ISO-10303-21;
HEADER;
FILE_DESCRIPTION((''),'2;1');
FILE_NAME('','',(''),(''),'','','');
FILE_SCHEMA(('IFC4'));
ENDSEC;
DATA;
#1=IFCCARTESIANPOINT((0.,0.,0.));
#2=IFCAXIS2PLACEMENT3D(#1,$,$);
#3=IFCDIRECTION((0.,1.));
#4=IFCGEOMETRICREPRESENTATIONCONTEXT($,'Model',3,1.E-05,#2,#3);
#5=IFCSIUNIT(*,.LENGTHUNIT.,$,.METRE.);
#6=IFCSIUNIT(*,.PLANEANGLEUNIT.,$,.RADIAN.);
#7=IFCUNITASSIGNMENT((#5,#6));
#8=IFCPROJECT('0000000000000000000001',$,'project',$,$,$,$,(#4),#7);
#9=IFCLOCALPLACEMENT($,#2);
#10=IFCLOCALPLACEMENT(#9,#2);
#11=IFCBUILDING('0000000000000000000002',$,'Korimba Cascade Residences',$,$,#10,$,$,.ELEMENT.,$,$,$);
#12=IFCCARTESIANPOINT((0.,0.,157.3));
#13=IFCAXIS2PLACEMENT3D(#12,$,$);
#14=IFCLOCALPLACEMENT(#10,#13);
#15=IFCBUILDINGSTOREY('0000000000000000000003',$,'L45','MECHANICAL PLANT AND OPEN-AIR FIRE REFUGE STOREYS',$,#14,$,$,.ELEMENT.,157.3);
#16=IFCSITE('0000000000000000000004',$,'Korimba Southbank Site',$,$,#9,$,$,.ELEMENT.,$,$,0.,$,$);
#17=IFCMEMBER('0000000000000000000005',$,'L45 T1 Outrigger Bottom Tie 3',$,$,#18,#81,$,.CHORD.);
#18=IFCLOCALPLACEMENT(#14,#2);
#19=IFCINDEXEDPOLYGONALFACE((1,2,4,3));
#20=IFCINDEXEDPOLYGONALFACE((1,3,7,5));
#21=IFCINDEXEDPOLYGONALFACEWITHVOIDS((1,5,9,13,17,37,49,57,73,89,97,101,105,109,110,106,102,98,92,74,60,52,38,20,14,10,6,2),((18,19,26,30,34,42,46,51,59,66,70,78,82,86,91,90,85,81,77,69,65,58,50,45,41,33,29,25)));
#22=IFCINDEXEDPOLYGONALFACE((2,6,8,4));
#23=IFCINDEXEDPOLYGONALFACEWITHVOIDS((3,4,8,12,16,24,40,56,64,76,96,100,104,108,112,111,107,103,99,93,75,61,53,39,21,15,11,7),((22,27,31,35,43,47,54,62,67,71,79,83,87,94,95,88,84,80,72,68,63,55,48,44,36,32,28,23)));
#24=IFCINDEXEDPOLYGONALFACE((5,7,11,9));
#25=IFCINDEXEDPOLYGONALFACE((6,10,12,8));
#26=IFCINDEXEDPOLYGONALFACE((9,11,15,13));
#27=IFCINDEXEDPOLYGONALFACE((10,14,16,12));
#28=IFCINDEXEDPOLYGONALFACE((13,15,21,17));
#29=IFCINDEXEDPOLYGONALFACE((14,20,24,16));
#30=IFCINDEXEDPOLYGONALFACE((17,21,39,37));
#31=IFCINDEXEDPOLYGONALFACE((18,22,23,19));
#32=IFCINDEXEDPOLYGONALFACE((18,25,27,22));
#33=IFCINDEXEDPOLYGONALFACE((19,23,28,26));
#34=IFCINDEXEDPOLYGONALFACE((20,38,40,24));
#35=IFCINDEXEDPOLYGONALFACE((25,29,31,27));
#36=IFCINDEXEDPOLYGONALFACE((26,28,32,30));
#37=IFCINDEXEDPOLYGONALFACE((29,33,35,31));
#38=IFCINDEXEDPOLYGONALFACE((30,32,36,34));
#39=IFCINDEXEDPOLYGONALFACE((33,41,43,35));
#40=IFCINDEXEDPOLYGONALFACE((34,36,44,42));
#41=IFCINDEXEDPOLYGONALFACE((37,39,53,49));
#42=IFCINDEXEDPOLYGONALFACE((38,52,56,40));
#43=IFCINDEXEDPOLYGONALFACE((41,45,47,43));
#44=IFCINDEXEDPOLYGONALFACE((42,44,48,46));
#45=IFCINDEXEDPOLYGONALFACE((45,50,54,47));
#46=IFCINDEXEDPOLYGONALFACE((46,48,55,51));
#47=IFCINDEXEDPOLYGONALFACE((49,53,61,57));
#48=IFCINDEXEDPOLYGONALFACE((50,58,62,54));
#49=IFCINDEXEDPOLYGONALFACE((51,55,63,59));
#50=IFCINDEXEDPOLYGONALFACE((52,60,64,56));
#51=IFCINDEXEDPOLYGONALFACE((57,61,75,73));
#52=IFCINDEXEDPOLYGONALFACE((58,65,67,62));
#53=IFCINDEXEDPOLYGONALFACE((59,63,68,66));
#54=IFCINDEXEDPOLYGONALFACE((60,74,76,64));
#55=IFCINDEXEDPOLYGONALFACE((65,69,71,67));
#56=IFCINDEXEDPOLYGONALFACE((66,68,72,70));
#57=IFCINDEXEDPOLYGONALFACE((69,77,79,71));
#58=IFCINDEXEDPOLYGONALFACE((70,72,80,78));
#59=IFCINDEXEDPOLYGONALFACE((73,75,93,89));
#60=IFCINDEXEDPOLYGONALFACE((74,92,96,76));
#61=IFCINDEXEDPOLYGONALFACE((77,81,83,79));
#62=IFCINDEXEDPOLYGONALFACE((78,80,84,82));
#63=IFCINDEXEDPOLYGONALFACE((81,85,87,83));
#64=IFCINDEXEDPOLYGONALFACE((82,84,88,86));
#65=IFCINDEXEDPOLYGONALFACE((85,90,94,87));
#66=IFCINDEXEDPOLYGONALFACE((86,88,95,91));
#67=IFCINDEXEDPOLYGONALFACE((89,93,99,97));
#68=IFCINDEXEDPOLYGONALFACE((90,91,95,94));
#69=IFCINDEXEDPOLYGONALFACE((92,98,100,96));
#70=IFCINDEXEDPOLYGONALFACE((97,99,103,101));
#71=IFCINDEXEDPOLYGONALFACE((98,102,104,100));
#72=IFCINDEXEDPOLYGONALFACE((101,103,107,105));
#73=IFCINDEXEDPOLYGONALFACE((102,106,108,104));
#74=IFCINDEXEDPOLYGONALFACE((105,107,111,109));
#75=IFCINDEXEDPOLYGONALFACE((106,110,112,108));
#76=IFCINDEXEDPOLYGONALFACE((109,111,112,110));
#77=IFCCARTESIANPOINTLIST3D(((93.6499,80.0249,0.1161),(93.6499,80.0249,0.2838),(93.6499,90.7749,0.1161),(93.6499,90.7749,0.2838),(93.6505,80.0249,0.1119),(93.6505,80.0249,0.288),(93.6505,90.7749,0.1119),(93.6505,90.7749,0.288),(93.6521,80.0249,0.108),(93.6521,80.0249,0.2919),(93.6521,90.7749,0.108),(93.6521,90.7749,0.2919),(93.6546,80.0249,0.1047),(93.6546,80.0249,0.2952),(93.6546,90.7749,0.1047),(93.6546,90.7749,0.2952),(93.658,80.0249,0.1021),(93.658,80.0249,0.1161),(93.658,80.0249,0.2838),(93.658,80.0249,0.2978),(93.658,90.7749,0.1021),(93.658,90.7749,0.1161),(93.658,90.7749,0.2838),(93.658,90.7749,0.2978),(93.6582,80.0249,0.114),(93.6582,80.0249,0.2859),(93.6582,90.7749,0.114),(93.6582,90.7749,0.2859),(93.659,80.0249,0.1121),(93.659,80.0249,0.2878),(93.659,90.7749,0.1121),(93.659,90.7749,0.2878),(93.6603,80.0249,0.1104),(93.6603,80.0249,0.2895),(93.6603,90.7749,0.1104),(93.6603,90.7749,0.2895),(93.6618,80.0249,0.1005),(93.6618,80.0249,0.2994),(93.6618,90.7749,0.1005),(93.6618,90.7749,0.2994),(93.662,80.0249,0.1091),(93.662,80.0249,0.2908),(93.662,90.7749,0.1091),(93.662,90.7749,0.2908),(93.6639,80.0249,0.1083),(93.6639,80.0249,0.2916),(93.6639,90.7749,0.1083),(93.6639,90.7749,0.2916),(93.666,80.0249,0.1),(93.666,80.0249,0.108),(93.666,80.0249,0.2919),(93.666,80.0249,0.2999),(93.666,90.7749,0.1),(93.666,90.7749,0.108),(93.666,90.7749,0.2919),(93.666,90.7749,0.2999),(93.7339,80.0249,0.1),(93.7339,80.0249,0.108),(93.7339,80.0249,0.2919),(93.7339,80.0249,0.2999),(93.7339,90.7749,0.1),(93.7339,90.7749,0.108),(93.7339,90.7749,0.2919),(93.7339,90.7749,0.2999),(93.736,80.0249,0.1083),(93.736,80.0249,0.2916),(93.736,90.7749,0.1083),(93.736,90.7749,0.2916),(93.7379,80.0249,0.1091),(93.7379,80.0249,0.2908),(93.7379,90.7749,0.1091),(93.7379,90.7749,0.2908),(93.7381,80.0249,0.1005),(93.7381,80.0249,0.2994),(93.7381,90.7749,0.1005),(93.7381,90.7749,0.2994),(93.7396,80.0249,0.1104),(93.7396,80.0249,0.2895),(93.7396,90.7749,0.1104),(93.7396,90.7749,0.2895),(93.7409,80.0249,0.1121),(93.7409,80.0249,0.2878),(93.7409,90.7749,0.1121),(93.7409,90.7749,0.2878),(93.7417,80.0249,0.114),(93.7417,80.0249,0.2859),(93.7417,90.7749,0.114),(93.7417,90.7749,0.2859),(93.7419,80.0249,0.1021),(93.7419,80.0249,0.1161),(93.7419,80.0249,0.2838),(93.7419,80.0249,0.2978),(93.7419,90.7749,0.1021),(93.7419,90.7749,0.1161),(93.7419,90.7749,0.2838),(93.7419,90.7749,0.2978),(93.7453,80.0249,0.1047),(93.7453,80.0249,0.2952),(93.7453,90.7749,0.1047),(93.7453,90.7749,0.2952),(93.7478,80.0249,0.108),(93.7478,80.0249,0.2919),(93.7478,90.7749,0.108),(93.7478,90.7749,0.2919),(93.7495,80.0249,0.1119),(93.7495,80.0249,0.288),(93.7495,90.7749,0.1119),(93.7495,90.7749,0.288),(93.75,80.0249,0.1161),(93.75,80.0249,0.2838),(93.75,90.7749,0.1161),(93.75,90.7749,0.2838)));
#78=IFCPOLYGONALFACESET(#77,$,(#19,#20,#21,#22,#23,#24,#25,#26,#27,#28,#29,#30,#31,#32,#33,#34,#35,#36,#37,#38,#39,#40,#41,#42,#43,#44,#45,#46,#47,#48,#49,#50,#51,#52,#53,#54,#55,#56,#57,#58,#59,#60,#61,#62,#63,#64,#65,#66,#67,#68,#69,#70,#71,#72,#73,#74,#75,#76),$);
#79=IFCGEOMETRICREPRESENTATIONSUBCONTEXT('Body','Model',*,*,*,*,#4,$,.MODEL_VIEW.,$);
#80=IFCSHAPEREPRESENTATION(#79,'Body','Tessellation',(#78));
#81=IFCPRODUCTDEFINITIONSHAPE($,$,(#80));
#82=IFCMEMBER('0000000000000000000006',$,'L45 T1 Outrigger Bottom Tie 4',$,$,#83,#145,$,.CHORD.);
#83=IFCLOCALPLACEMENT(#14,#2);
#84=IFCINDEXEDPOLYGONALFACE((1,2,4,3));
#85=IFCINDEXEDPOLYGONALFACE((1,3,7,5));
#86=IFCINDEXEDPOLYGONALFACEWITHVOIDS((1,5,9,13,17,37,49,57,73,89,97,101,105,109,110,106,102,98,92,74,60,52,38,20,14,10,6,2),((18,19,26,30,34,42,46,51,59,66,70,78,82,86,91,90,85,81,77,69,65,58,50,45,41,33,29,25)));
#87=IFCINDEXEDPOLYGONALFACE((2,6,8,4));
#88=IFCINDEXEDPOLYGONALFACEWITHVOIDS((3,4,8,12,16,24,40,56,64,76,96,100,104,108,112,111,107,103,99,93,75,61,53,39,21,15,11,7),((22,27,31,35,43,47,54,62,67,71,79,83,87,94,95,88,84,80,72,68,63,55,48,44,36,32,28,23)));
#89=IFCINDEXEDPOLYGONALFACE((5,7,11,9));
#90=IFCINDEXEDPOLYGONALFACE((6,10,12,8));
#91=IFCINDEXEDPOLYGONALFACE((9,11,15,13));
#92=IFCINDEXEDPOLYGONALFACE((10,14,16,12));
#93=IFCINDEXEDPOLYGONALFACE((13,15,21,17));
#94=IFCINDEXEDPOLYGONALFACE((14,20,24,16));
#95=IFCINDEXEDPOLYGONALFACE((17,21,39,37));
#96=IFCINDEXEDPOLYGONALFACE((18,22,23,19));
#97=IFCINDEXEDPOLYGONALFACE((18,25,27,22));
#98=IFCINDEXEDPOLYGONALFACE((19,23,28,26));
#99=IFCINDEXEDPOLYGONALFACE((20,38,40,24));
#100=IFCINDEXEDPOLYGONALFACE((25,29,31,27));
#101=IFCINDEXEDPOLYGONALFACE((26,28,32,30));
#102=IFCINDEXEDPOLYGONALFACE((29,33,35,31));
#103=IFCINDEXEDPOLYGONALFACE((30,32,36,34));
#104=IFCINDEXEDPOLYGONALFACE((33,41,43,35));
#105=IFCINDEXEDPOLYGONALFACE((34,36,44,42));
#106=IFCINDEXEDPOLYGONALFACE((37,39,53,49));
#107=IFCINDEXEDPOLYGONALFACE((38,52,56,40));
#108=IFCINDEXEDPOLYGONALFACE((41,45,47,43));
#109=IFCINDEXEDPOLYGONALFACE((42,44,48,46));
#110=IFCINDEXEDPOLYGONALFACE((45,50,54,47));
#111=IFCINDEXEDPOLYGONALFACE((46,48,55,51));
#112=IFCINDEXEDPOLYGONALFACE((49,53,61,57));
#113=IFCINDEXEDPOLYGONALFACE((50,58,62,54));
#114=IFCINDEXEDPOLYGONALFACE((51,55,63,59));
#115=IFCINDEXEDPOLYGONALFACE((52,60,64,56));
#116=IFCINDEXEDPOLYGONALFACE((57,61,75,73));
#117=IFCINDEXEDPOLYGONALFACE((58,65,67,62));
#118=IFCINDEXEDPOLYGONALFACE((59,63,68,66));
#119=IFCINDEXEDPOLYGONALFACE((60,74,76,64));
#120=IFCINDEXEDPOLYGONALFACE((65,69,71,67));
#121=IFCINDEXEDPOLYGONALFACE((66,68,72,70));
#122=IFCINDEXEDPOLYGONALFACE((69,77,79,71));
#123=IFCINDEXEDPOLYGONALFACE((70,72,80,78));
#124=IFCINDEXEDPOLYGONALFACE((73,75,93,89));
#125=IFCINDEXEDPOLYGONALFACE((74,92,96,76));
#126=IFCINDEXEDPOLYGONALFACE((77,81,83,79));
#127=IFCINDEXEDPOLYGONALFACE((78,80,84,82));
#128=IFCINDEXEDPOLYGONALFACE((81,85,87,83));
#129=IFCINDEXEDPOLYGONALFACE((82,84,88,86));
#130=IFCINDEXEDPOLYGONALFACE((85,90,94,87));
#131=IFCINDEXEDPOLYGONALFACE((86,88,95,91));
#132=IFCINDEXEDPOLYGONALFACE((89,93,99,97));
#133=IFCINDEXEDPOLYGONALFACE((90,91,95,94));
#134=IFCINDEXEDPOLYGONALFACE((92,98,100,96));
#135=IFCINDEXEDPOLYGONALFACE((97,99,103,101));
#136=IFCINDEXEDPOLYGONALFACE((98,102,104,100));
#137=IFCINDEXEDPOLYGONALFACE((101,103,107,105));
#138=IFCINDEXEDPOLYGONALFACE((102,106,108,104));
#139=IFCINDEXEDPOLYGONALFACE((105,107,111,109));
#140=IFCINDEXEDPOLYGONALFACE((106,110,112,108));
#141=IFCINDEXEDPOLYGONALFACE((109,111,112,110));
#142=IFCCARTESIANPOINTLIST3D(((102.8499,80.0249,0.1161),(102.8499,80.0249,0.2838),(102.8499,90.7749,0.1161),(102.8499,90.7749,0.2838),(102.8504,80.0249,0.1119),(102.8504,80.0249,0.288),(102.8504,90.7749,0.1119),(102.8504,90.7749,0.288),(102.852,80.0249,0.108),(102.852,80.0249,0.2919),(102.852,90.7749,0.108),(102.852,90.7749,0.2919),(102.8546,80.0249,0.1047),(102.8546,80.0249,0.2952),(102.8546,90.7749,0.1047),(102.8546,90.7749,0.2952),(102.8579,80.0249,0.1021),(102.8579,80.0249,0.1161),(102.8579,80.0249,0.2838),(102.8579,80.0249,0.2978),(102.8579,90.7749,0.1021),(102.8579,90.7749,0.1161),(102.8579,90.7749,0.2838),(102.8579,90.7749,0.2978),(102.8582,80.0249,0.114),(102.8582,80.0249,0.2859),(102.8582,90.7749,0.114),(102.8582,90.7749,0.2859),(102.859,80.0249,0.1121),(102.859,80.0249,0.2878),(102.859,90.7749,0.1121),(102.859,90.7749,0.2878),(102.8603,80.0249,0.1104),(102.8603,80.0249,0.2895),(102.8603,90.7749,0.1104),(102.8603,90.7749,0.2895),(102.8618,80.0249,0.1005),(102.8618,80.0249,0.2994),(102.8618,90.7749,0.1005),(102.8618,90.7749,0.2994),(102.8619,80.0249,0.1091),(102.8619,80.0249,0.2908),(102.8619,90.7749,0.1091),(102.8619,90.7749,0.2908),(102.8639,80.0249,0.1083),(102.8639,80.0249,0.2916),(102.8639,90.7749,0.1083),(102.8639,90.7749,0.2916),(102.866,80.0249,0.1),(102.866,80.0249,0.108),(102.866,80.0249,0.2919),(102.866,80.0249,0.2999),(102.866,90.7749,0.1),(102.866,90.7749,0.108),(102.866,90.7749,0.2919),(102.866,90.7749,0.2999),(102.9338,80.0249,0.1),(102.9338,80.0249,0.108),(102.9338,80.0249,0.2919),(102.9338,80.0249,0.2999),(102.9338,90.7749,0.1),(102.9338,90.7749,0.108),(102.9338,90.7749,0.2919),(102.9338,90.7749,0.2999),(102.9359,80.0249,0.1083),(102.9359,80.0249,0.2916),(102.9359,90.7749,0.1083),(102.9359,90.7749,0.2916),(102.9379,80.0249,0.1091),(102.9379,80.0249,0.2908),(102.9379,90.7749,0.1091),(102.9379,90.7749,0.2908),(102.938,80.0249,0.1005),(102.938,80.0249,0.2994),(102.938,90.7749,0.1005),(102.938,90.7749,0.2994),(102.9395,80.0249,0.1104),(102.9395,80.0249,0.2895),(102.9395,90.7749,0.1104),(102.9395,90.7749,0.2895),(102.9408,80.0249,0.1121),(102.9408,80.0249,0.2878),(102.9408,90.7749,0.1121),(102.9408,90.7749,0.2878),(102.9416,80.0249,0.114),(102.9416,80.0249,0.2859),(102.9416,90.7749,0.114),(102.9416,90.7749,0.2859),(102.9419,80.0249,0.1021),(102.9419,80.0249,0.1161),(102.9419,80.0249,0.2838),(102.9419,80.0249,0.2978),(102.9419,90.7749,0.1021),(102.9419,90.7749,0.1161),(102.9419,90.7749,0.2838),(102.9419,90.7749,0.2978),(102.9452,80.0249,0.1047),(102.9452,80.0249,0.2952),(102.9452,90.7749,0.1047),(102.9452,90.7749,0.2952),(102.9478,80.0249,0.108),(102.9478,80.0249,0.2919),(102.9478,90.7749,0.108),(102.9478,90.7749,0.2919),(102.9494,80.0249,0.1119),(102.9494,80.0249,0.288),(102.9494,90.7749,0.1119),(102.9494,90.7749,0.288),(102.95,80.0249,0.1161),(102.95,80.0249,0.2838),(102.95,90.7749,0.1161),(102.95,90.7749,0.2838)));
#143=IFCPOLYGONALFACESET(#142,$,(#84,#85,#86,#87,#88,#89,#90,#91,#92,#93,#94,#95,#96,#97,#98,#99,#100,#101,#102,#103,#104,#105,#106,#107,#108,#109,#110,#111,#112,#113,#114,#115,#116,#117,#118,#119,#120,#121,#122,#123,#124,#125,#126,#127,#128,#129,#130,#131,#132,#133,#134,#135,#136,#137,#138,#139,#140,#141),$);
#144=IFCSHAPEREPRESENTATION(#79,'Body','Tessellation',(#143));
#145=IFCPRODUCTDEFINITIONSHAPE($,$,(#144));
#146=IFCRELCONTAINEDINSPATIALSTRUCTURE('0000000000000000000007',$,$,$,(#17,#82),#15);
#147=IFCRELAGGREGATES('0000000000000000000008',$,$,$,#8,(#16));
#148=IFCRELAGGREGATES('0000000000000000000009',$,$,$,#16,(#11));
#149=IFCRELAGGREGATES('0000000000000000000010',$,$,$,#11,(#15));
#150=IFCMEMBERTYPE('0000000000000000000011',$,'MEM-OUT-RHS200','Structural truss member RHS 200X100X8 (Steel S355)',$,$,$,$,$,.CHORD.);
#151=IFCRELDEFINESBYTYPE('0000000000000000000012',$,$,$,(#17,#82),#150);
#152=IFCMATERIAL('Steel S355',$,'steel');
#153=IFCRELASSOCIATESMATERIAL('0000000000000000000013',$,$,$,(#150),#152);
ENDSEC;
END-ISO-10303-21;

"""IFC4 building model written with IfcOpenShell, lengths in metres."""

from ifc_helpers import new_model, si_unit, direction, frame, origin, origin_2d, place, context, subcontext, project, spatial, hollow_rectangle, extrude, material, material_profile, profile_set, type_object, element, save


model = new_model("IFC4")

# Units and contexts
model_context = context("Model", 3, precision=1e-05, world=origin(), true_north=direction((0.0, 1.0)))
body_context = subcontext(model_context, "Body", "Model", "MODEL_VIEW")
ifc_project = project(units=[si_unit("LENGTHUNIT", "METRE"), si_unit("PLANEANGLEUNIT", "RADIAN")], contexts=[model_context])

# Site, building, storey
site_placement = place(None, origin())
site = spatial("IfcSite", under=ifc_project, at=site_placement, Name="Korimba Southbank Site", CompositionType="ELEMENT", RefElevation=0.0)
building_placement = place(site_placement, origin())
building = spatial("IfcBuilding", under=site, at=building_placement, Name="Korimba Cascade Residences", CompositionType="ELEMENT")
storey_placement = place(building_placement, frame((0.0, 0.0, 157.3)))
storey = spatial("IfcBuildingStorey", under=building, at=storey_placement, Name="L45", Description="MECHANICAL PLANT AND OPEN-AIR FIRE REFUGE STOREYS", CompositionType="ELEMENT", Elevation=157.3)

# Shared definitions
ifc_material_1 = material(Name="Steel S355", Category="steel")

# Members
ifc_material_profile_1 = material_profile(ifc_material_1, hollow_rectangle(XDim=0.1001, YDim=0.2, WallThickness=0.0081, InnerFilletRadius=0.0081, OuterFilletRadius=0.0161, at=origin_2d()), Name="Steel S355")
ifc_profile_set_1 = profile_set([ifc_material_profile_1], Name="Steel S355")
member_type_1 = type_object("IfcMemberType", Name="MEM-OUT-RHS200", Description="Structural truss member RHS 200X100X8 (Steel S355)", PredefinedType="CHORD", material=ifc_profile_set_1)
for number, where, z_axis, x_axis, name in (
    (1, (93.7, 80.0249, 0.2), (0.0, 1.0, 0.0), (-1.0, 0.0, 0.0), "L45 T1 Outrigger Bottom Tie 3"),
    (2, (102.8999, 80.0249, 0.2), (0.0, 1.0, 0.0), (-1.0, 0.0, 0.0), "L45 T1 Outrigger Bottom Tie 4"),
):
    element("IfcMember", number, at=place(storey_placement, frame(where, z_axis=z_axis, x_axis=x_axis)), inside=storey, type_object=member_type_1, Name=name, PredefinedType="CHORD", context=body_context, shape_type="SweptSolid", body=[
        extrude(hollow_rectangle(XDim=0.1001, YDim=0.2, WallThickness=0.0081, InnerFilletRadius=0.0081, OuterFilletRadius=0.0161, at=origin_2d()), origin(), (0.0, 0.0, 1.0), 10.75),
    ])

save(model, "model.ifc")
